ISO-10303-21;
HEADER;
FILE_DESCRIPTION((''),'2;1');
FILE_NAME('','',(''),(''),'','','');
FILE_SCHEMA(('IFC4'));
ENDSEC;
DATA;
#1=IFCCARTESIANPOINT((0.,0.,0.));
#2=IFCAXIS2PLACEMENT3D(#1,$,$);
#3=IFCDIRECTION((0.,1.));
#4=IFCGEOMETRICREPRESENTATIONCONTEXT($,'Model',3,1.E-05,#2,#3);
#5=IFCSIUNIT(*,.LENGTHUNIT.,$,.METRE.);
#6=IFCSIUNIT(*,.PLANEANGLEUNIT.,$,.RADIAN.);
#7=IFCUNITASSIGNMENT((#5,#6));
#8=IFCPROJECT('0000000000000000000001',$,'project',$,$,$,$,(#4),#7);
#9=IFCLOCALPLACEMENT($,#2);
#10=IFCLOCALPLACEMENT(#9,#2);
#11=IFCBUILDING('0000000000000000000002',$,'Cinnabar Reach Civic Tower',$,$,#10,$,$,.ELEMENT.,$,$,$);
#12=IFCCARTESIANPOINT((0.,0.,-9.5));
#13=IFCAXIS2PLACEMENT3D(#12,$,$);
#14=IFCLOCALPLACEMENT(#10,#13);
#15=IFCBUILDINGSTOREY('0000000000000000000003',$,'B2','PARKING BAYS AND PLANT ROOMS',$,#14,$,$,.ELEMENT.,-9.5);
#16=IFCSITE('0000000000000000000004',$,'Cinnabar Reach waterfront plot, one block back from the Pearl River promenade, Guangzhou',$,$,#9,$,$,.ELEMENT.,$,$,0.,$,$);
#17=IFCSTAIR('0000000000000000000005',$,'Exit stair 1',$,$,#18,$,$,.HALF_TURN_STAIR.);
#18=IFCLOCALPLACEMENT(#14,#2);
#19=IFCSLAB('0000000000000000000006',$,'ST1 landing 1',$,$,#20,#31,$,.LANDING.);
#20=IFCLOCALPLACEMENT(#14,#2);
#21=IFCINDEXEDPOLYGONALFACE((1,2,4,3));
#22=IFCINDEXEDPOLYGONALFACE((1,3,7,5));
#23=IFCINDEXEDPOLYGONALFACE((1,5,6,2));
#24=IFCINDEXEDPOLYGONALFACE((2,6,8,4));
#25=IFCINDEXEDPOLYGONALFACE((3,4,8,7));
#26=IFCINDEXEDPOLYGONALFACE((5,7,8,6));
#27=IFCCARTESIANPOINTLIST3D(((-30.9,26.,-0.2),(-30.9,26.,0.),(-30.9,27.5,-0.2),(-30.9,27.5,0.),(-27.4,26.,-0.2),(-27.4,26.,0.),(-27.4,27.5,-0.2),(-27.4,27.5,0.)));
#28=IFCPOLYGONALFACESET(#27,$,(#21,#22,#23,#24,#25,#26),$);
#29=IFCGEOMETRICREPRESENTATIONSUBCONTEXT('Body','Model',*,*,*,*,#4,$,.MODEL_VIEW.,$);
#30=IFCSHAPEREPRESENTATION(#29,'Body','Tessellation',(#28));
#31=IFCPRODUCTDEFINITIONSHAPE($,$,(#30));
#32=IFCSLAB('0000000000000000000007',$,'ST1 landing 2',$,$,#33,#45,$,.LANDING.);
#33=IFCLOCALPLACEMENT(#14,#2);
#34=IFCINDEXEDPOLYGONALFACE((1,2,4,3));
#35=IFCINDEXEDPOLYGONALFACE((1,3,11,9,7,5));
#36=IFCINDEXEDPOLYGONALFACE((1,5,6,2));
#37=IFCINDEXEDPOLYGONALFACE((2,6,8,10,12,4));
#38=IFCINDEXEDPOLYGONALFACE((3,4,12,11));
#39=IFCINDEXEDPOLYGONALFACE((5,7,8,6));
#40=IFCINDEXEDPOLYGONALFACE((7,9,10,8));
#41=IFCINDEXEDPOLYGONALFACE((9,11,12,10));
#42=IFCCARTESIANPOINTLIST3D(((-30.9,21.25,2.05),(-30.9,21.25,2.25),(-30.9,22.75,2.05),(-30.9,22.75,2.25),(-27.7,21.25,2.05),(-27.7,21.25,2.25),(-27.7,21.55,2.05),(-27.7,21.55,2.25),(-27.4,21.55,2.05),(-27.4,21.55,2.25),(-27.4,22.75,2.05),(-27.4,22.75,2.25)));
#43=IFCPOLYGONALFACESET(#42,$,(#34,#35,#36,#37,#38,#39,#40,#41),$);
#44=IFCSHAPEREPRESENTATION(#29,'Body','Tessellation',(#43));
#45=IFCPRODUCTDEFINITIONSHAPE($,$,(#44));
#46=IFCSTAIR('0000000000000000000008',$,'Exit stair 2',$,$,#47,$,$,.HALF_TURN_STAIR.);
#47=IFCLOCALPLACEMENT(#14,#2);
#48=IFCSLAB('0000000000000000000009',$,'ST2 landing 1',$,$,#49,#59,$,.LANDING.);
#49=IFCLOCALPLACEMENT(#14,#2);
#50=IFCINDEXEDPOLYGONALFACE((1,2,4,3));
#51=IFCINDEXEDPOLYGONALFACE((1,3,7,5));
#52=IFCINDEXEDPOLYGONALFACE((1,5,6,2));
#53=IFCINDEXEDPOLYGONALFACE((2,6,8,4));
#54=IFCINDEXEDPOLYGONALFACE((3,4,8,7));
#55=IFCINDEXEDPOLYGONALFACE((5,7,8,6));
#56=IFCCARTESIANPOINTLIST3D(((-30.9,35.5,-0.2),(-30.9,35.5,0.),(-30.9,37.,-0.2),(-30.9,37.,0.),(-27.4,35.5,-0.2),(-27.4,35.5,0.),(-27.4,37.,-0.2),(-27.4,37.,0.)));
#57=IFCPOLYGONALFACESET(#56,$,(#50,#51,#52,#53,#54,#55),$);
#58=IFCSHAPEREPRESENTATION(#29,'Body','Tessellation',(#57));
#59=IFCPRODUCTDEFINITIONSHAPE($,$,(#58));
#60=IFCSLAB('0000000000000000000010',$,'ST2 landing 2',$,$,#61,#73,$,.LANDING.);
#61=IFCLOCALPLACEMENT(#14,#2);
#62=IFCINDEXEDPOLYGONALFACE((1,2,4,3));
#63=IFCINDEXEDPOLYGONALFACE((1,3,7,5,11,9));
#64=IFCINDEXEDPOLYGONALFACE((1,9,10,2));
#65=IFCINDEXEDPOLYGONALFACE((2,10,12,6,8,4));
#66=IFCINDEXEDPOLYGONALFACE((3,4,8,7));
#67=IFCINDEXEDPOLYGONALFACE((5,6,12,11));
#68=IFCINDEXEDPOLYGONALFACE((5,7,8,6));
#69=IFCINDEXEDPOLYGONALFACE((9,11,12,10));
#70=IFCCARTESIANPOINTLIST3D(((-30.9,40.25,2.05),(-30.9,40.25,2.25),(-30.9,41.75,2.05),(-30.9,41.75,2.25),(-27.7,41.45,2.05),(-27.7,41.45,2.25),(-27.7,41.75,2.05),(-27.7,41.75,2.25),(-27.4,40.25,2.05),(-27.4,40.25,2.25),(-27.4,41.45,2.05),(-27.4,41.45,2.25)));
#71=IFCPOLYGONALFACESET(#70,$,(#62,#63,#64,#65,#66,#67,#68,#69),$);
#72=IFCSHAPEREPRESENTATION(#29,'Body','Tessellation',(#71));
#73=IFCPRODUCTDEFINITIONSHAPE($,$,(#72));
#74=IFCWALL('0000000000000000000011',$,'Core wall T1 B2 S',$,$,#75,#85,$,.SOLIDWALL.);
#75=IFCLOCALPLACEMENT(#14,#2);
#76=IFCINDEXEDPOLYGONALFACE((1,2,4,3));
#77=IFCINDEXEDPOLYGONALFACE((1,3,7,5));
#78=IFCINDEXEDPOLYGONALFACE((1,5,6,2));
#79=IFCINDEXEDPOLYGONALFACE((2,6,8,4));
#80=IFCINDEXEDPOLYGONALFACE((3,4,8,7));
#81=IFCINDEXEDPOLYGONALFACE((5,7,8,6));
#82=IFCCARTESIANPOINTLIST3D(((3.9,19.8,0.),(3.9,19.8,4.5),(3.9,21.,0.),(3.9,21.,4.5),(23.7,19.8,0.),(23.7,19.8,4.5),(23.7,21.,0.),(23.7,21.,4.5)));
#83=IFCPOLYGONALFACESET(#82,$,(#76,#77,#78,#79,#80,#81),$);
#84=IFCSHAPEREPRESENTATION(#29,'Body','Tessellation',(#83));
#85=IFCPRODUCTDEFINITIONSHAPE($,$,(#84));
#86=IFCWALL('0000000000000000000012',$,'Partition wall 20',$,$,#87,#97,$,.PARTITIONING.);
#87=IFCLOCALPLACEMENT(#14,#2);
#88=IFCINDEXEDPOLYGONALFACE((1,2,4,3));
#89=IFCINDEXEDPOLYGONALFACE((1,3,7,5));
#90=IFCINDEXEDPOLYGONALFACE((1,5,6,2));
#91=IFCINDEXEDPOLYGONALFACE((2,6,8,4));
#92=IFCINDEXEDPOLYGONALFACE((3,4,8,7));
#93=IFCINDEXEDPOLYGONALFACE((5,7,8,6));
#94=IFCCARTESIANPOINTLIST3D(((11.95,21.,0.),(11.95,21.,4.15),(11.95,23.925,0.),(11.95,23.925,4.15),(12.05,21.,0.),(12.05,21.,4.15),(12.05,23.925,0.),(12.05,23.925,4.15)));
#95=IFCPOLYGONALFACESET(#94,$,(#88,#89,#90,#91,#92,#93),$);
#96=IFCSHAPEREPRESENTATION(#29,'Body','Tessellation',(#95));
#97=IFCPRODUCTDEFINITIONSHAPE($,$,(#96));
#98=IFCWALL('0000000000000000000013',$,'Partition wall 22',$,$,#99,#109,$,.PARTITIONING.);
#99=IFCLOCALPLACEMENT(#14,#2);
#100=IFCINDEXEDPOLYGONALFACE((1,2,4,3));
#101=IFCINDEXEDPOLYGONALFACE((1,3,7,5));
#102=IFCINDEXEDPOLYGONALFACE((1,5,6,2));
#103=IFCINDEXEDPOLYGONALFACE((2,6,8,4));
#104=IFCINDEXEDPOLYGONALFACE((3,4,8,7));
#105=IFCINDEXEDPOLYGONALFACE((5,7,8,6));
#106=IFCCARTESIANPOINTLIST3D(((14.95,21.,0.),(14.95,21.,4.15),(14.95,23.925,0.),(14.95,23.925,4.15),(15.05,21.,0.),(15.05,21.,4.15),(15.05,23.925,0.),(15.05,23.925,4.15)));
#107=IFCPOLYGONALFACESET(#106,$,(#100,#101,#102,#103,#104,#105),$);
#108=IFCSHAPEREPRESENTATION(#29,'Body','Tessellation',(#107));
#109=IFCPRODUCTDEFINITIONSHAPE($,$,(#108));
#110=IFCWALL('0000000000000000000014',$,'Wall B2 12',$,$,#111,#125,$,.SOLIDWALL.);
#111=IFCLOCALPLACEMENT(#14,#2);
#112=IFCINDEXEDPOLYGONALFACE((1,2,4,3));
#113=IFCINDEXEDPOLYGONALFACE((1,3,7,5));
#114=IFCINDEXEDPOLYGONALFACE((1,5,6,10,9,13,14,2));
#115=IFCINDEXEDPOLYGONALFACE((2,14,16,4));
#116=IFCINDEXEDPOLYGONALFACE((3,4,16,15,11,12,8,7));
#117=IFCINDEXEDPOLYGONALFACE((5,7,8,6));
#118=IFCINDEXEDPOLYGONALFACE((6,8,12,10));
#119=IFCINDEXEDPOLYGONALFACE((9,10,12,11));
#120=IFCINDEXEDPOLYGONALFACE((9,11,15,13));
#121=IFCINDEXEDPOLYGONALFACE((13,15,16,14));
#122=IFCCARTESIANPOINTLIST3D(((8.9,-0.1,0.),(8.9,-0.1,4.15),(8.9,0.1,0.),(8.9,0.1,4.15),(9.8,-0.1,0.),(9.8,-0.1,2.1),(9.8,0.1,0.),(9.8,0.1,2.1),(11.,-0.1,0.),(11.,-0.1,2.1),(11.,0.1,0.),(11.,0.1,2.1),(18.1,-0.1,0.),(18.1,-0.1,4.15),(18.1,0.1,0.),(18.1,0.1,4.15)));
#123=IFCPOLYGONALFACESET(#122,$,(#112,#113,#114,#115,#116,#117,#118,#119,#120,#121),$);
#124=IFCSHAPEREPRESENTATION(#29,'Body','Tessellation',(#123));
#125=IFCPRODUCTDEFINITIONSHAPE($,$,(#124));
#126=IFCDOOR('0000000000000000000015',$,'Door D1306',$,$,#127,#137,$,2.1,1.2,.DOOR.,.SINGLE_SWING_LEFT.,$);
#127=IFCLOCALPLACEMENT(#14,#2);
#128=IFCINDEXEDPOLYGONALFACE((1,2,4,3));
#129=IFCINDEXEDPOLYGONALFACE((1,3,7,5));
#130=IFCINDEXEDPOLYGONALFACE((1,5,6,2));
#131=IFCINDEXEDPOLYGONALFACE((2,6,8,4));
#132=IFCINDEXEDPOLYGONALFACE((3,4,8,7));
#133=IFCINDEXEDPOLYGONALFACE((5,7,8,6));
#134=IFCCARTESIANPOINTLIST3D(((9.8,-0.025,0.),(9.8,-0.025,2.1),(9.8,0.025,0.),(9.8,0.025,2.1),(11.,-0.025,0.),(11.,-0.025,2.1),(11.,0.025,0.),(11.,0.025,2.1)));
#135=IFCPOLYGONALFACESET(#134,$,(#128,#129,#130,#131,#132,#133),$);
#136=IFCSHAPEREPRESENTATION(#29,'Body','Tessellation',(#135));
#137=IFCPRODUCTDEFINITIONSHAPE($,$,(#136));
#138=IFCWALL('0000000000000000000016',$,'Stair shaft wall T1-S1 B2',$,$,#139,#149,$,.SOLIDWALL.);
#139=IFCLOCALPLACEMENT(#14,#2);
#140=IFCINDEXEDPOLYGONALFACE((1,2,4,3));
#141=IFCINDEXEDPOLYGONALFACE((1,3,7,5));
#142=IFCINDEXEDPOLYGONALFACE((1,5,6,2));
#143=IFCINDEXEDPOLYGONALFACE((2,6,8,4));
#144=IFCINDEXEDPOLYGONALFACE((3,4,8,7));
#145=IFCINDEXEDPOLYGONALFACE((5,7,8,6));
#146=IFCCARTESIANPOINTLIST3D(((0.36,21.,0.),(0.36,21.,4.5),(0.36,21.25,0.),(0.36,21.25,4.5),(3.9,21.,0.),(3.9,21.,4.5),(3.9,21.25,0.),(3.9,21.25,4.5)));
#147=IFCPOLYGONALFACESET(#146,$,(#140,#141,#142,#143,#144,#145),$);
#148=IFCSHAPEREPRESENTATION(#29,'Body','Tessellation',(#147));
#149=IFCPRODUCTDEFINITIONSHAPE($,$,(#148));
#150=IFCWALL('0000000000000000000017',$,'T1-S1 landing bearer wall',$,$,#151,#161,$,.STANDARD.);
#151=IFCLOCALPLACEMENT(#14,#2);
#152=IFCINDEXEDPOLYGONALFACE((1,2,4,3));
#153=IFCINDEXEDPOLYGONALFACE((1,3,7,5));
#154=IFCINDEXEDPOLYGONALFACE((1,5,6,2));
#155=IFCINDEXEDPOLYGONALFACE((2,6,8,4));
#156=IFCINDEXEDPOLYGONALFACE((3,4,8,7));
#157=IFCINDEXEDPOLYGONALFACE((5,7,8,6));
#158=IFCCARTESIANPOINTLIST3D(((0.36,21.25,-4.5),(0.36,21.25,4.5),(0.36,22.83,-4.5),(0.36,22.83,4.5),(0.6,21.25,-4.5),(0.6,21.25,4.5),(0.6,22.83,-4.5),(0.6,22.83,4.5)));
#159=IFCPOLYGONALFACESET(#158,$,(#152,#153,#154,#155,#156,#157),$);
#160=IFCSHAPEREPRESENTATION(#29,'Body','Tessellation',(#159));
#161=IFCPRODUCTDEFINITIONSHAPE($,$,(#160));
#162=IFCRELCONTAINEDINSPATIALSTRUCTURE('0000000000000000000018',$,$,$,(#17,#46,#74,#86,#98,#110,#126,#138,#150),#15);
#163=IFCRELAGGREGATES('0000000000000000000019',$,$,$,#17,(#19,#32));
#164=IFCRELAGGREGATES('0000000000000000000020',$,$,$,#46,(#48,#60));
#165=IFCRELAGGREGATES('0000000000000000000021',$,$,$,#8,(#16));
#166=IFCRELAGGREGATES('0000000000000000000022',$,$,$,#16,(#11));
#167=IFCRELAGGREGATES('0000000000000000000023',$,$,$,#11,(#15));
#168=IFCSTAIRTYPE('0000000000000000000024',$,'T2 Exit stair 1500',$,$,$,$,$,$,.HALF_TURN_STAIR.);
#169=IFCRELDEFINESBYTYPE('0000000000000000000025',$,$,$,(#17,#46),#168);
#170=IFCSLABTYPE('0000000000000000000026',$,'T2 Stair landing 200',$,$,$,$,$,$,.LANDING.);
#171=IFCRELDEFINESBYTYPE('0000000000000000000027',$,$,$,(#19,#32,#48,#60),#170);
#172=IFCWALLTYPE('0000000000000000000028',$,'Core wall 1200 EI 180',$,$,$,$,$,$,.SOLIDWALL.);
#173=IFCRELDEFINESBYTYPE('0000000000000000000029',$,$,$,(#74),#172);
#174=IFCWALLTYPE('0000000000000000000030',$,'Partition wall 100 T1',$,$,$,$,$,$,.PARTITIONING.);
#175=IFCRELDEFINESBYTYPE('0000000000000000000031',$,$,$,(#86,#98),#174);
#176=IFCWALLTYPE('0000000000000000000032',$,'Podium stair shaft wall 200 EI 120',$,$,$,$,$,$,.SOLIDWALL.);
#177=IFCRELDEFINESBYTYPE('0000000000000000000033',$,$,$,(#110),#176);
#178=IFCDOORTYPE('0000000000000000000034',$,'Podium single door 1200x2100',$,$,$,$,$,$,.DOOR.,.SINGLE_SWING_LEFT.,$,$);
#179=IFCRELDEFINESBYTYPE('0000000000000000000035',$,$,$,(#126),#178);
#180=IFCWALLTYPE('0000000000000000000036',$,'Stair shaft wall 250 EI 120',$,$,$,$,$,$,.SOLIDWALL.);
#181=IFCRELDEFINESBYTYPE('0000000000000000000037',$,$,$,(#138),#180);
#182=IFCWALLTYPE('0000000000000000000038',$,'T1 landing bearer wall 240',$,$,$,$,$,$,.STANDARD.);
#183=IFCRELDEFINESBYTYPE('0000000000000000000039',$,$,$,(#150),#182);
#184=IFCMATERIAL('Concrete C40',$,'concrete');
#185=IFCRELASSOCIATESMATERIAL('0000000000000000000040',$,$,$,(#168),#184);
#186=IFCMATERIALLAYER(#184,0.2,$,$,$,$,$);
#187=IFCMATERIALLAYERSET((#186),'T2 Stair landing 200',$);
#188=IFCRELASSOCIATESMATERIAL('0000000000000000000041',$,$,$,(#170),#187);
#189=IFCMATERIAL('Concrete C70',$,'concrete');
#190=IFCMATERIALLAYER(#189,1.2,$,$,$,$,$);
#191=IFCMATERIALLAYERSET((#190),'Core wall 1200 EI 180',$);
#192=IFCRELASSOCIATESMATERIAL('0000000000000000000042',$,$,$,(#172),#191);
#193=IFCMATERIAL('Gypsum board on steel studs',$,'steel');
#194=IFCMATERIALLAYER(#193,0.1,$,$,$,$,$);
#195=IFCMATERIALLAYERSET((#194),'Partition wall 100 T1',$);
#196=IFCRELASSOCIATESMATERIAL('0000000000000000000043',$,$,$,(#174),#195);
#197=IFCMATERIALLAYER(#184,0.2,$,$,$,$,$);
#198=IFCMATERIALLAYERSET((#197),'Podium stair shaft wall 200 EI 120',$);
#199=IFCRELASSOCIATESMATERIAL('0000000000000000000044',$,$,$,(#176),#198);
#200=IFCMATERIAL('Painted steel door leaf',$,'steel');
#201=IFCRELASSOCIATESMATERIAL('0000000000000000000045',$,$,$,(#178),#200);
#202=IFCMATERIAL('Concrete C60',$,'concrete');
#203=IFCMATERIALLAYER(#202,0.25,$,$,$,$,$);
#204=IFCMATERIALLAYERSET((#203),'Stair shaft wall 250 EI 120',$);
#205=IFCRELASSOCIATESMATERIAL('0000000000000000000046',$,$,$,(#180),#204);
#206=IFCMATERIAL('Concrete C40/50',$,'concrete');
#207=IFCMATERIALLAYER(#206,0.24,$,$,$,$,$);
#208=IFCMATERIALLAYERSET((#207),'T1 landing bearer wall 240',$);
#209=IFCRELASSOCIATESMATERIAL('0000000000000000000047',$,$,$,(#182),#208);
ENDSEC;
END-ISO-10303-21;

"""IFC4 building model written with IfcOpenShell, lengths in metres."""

from ifc_helpers import new_model, si_unit, direction, frame, frame_2d, origin, place, context, subcontext, project, spatial, polyline, rectangle, outline, extrude, material, layer, layer_set, type_object, element, fill, aggregate, save


model = new_model("IFC4")

# Units and contexts
model_context = context("Model", 3, precision=1e-05, world=origin(), true_north=direction((0.0, 1.0)))
body_context = subcontext(model_context, "Body", "Model", "MODEL_VIEW")
ifc_project = project(units=[si_unit("LENGTHUNIT", "METRE"), si_unit("PLANEANGLEUNIT", "RADIAN")], contexts=[model_context])

# Site, building, storey
site_placement = place(None, origin())
site = spatial("IfcSite", under=ifc_project, at=site_placement, Name="Cinnabar Reach waterfront plot, one block back from the Pearl River promenade, Guangzhou", CompositionType="ELEMENT", RefElevation=0.0)
building_placement = place(site_placement, origin())
building = spatial("IfcBuilding", under=site, at=building_placement, Name="Cinnabar Reach Civic Tower", CompositionType="ELEMENT")
storey_placement = place(building_placement, frame((0.0, 0.0, -9.5)))
storey = spatial("IfcBuildingStorey", under=building, at=storey_placement, Name="B2", Description="PARKING BAYS AND PLANT ROOMS", CompositionType="ELEMENT", Elevation=-9.5)

# Shared definitions
ifc_material_1 = material(Name="Concrete C70", Category="concrete")

# Shared definitions
ifc_material_2 = material(Name="Concrete C40/50", Category="concrete")

# Shared definitions
ifc_material_3 = material(Name="Concrete C40", Category="concrete")

# Stairs, slabs
stair_type_1 = type_object("IfcStairType", Name="T2 Exit stair 1500", PredefinedType="HALF_TURN_STAIR", material=ifc_material_3)
stair_1_placement = place(storey_placement, origin())
stair_1 = element("IfcStair", 1, at=stair_1_placement, inside=storey, type_object=stair_type_1, Name="Exit stair 1", PredefinedType="HALF_TURN_STAIR")
ifc_layer_1 = layer(ifc_material_3, 0.2)
ifc_layer_set_1 = layer_set([ifc_layer_1], Name="T2 Stair landing 200")
slab_type_1 = type_object("IfcSlabType", Name="T2 Stair landing 200", PredefinedType="LANDING", material=ifc_layer_set_1)
slab_1_placement = place(storey_placement, frame((0.0, 0.0, -0.2)))
slab_1 = element("IfcSlab", 2, at=slab_1_placement, type_object=slab_type_1, Name="ST1 landing 1", PredefinedType="LANDING", context=body_context, shape_type="SweptSolid", body=[
    extrude(outline(polyline([(-30.9, 26.0), (-30.9, 27.5), (-27.4, 27.5), (-27.4, 26.0), (-30.9, 26.0)])), origin(), (0.0, 0.0, 1.0), 0.2),
])
slab_2_placement = place(storey_placement, frame((0.0, 0.0, 2.05)))
slab_2 = element("IfcSlab", 3, at=slab_2_placement, type_object=slab_type_1, Name="ST1 landing 2", PredefinedType="LANDING", context=body_context, shape_type="SweptSolid", body=[
    extrude(outline(polyline([(-30.9, 21.25), (-30.9, 22.75), (-27.4, 22.75), (-27.4, 21.55), (-27.7, 21.55), (-27.7, 21.25), (-30.9, 21.25)])), origin(), (0.0, 0.0, 1.0), 0.2),
])
aggregate(stair_1, [slab_1, slab_2])
stair_2_placement = place(storey_placement, origin())
stair_2 = element("IfcStair", 4, at=stair_2_placement, inside=storey, type_object=stair_type_1, Name="Exit stair 2", PredefinedType="HALF_TURN_STAIR")
slab_3_placement = place(storey_placement, frame((0.0, 0.0, -0.2)))
slab_3 = element("IfcSlab", 5, at=slab_3_placement, type_object=slab_type_1, Name="ST2 landing 1", PredefinedType="LANDING", context=body_context, shape_type="SweptSolid", body=[
    extrude(outline(polyline([(-30.9, 35.5), (-30.9, 37.0), (-27.4, 37.0), (-27.4, 35.5), (-30.9, 35.5)])), origin(), (0.0, 0.0, 1.0), 0.2),
])
slab_4_placement = place(storey_placement, frame((0.0, 0.0, 2.05)))
slab_4 = element("IfcSlab", 6, at=slab_4_placement, type_object=slab_type_1, Name="ST2 landing 2", PredefinedType="LANDING", context=body_context, shape_type="SweptSolid", body=[
    extrude(outline(polyline([(-27.4, 40.25), (-30.9, 40.25), (-30.9, 41.75), (-27.7, 41.75), (-27.7, 41.45), (-27.4, 41.45), (-27.4, 40.25)])), origin(), (0.0, 0.0, 1.0), 0.2),
])
aggregate(stair_2, [slab_3, slab_4])

# Walls
ifc_layer_2 = layer(ifc_material_1, 1.2)
ifc_layer_set_2 = layer_set([ifc_layer_2], Name="Core wall 1200 EI 180")
wall_type_1 = type_object("IfcWallType", Name="Core wall 1200 EI 180", PredefinedType="SOLIDWALL", material=ifc_layer_set_2)
wall_1_placement = place(storey_placement, frame((3.9, 20.4, 0.0), z_axis=(0.0, 0.0, 1.0), x_axis=(1.0, 0.0, 0.0)))
element("IfcWall", 7, at=wall_1_placement, inside=storey, type_object=wall_type_1, Name="Core wall T1 B2 S", PredefinedType="SOLIDWALL", context=body_context, shape_type="SweptSolid", body=[
    extrude(rectangle(XDim=19.8, YDim=1.2, at=frame_2d((9.9, 0.0))), origin(), (0.0, 0.0, 1.0), 4.5),
])
ifc_material_4 = material(Name="Gypsum board on steel studs", Category="steel")
ifc_layer_3 = layer(ifc_material_4, 0.1)
ifc_layer_set_3 = layer_set([ifc_layer_3], Name="Partition wall 100 T1")
wall_type_2 = type_object("IfcWallType", Name="Partition wall 100 T1", PredefinedType="PARTITIONING", material=ifc_layer_set_3)
for number, where, z_axis, x_axis, name in (
    (8, (12.0, 21.0, 0.0), (0.0, 0.0, 1.0), (0.0, 1.0, 0.0), "Partition wall 20"),
    (9, (15.0, 21.0, 0.0), (0.0, 0.0, 1.0), (0.0, 1.0, 0.0), "Partition wall 22"),
):
    element("IfcWall", number, at=place(storey_placement, frame(where, z_axis=z_axis, x_axis=x_axis)), inside=storey, type_object=wall_type_2, Name=name, PredefinedType="PARTITIONING", context=body_context, shape_type="SweptSolid", body=[
        extrude(rectangle(XDim=2.925, YDim=0.1, at=frame_2d((1.4625, 0.0))), origin(), (0.0, 0.0, 1.0), 4.15),
    ])

# Wall, opening, door
ifc_layer_4 = layer(ifc_material_3, 0.2)
ifc_layer_set_4 = layer_set([ifc_layer_4], Name="Podium stair shaft wall 200 EI 120")
wall_type_3 = type_object("IfcWallType", Name="Podium stair shaft wall 200 EI 120", PredefinedType="SOLIDWALL", material=ifc_layer_set_4)
wall_2_placement = place(storey_placement, frame((8.9, 0.0, 0.0), z_axis=(0.0, 0.0, 1.0), x_axis=(1.0, 0.0, 0.0)))
wall_2 = element("IfcWall", 10, at=wall_2_placement, inside=storey, type_object=wall_type_3, Name="Wall B2 12", PredefinedType="SOLIDWALL", context=body_context, shape_type="SweptSolid", body=[
    extrude(rectangle(XDim=9.2, YDim=0.2, at=frame_2d((4.6, 0.0))), origin(), (0.0, 0.0, 1.0), 4.15),
])
opening_placement = place(wall_2_placement, frame((0.9, 0.0, 0.0)))
opening = element("IfcOpeningElement", 11, at=opening_placement, cuts=wall_2, PredefinedType="OPENING", context=body_context, shape_type="SweptSolid", body=[
    extrude(rectangle(XDim=1.2, YDim=2.1, at=frame_2d((0.6, 1.05))), frame((0.0, 0.11, 0.0), z_axis=(0.0, -1.0, 0.0), x_axis=(1.0, 0.0, 0.0)), (0.0, 0.0, 1.0), 0.22),
])
ifc_material_5 = material(Name="Painted steel door leaf", Category="steel")
door_type = type_object("IfcDoorType", Name="Podium single door 1200x2100", OperationType="SINGLE_SWING_LEFT", PredefinedType="DOOR", material=ifc_material_5)
door_placement = place(opening_placement, frame((1.2, 0.0, 0.0), z_axis=(0.0, 0.0, 1.0), x_axis=(-1.0, 0.0, 0.0)))
door = element("IfcDoor", 12, at=door_placement, inside=storey, type_object=door_type, Name="Door D1306", OperationType="SINGLE_SWING_LEFT", OverallHeight=2.1, OverallWidth=1.2, PredefinedType="DOOR", context=body_context, shape_type="SweptSolid", body=[
    extrude(rectangle(XDim=1.2, YDim=2.1, at=frame_2d((0.6, 1.05))), frame((0.0, 0.025, 0.0), z_axis=(0.0, -1.0, 0.0), x_axis=(1.0, 0.0, 0.0)), (0.0, 0.0, 1.0), 0.05),
])
fill(opening, door)

# Walls
ifc_material_6 = material(Name="Concrete C60", Category="concrete")
ifc_layer_5 = layer(ifc_material_6, 0.25)
ifc_layer_set_5 = layer_set([ifc_layer_5], Name="Stair shaft wall 250 EI 120")
wall_type_4 = type_object("IfcWallType", Name="Stair shaft wall 250 EI 120", PredefinedType="SOLIDWALL", material=ifc_layer_set_5)
wall_3_placement = place(storey_placement, frame((0.36, 21.125, 0.0), z_axis=(0.0, 0.0, 1.0), x_axis=(1.0, 0.0, 0.0)))
element("IfcWall", 13, at=wall_3_placement, inside=storey, type_object=wall_type_4, Name="Stair shaft wall T1-S1 B2", PredefinedType="SOLIDWALL", context=body_context, shape_type="SweptSolid", body=[
    extrude(rectangle(XDim=3.54, YDim=0.25, at=frame_2d((1.77, 0.0))), origin(), (0.0, 0.0, 1.0), 4.5),
])
ifc_layer_6 = layer(ifc_material_2, 0.24)
ifc_layer_set_6 = layer_set([ifc_layer_6], Name="T1 landing bearer wall 240")
wall_type_5 = type_object("IfcWallType", Name="T1 landing bearer wall 240", PredefinedType="STANDARD", material=ifc_layer_set_6)
wall_4_placement = place(storey_placement, frame((0.48, 21.25, -4.5), z_axis=(0.0, 0.0, 1.0), x_axis=(0.0, 1.0, 0.0)))
element("IfcWall", 14, at=wall_4_placement, inside=storey, type_object=wall_type_5, Name="T1-S1 landing bearer wall", PredefinedType="STANDARD", context=body_context, shape_type="SweptSolid", body=[
    extrude(rectangle(XDim=1.58, YDim=0.24, at=frame_2d((0.79, 0.0))), origin(), (0.0, 0.0, 1.0), 9.0),
])

save(model, "model.ifc")
